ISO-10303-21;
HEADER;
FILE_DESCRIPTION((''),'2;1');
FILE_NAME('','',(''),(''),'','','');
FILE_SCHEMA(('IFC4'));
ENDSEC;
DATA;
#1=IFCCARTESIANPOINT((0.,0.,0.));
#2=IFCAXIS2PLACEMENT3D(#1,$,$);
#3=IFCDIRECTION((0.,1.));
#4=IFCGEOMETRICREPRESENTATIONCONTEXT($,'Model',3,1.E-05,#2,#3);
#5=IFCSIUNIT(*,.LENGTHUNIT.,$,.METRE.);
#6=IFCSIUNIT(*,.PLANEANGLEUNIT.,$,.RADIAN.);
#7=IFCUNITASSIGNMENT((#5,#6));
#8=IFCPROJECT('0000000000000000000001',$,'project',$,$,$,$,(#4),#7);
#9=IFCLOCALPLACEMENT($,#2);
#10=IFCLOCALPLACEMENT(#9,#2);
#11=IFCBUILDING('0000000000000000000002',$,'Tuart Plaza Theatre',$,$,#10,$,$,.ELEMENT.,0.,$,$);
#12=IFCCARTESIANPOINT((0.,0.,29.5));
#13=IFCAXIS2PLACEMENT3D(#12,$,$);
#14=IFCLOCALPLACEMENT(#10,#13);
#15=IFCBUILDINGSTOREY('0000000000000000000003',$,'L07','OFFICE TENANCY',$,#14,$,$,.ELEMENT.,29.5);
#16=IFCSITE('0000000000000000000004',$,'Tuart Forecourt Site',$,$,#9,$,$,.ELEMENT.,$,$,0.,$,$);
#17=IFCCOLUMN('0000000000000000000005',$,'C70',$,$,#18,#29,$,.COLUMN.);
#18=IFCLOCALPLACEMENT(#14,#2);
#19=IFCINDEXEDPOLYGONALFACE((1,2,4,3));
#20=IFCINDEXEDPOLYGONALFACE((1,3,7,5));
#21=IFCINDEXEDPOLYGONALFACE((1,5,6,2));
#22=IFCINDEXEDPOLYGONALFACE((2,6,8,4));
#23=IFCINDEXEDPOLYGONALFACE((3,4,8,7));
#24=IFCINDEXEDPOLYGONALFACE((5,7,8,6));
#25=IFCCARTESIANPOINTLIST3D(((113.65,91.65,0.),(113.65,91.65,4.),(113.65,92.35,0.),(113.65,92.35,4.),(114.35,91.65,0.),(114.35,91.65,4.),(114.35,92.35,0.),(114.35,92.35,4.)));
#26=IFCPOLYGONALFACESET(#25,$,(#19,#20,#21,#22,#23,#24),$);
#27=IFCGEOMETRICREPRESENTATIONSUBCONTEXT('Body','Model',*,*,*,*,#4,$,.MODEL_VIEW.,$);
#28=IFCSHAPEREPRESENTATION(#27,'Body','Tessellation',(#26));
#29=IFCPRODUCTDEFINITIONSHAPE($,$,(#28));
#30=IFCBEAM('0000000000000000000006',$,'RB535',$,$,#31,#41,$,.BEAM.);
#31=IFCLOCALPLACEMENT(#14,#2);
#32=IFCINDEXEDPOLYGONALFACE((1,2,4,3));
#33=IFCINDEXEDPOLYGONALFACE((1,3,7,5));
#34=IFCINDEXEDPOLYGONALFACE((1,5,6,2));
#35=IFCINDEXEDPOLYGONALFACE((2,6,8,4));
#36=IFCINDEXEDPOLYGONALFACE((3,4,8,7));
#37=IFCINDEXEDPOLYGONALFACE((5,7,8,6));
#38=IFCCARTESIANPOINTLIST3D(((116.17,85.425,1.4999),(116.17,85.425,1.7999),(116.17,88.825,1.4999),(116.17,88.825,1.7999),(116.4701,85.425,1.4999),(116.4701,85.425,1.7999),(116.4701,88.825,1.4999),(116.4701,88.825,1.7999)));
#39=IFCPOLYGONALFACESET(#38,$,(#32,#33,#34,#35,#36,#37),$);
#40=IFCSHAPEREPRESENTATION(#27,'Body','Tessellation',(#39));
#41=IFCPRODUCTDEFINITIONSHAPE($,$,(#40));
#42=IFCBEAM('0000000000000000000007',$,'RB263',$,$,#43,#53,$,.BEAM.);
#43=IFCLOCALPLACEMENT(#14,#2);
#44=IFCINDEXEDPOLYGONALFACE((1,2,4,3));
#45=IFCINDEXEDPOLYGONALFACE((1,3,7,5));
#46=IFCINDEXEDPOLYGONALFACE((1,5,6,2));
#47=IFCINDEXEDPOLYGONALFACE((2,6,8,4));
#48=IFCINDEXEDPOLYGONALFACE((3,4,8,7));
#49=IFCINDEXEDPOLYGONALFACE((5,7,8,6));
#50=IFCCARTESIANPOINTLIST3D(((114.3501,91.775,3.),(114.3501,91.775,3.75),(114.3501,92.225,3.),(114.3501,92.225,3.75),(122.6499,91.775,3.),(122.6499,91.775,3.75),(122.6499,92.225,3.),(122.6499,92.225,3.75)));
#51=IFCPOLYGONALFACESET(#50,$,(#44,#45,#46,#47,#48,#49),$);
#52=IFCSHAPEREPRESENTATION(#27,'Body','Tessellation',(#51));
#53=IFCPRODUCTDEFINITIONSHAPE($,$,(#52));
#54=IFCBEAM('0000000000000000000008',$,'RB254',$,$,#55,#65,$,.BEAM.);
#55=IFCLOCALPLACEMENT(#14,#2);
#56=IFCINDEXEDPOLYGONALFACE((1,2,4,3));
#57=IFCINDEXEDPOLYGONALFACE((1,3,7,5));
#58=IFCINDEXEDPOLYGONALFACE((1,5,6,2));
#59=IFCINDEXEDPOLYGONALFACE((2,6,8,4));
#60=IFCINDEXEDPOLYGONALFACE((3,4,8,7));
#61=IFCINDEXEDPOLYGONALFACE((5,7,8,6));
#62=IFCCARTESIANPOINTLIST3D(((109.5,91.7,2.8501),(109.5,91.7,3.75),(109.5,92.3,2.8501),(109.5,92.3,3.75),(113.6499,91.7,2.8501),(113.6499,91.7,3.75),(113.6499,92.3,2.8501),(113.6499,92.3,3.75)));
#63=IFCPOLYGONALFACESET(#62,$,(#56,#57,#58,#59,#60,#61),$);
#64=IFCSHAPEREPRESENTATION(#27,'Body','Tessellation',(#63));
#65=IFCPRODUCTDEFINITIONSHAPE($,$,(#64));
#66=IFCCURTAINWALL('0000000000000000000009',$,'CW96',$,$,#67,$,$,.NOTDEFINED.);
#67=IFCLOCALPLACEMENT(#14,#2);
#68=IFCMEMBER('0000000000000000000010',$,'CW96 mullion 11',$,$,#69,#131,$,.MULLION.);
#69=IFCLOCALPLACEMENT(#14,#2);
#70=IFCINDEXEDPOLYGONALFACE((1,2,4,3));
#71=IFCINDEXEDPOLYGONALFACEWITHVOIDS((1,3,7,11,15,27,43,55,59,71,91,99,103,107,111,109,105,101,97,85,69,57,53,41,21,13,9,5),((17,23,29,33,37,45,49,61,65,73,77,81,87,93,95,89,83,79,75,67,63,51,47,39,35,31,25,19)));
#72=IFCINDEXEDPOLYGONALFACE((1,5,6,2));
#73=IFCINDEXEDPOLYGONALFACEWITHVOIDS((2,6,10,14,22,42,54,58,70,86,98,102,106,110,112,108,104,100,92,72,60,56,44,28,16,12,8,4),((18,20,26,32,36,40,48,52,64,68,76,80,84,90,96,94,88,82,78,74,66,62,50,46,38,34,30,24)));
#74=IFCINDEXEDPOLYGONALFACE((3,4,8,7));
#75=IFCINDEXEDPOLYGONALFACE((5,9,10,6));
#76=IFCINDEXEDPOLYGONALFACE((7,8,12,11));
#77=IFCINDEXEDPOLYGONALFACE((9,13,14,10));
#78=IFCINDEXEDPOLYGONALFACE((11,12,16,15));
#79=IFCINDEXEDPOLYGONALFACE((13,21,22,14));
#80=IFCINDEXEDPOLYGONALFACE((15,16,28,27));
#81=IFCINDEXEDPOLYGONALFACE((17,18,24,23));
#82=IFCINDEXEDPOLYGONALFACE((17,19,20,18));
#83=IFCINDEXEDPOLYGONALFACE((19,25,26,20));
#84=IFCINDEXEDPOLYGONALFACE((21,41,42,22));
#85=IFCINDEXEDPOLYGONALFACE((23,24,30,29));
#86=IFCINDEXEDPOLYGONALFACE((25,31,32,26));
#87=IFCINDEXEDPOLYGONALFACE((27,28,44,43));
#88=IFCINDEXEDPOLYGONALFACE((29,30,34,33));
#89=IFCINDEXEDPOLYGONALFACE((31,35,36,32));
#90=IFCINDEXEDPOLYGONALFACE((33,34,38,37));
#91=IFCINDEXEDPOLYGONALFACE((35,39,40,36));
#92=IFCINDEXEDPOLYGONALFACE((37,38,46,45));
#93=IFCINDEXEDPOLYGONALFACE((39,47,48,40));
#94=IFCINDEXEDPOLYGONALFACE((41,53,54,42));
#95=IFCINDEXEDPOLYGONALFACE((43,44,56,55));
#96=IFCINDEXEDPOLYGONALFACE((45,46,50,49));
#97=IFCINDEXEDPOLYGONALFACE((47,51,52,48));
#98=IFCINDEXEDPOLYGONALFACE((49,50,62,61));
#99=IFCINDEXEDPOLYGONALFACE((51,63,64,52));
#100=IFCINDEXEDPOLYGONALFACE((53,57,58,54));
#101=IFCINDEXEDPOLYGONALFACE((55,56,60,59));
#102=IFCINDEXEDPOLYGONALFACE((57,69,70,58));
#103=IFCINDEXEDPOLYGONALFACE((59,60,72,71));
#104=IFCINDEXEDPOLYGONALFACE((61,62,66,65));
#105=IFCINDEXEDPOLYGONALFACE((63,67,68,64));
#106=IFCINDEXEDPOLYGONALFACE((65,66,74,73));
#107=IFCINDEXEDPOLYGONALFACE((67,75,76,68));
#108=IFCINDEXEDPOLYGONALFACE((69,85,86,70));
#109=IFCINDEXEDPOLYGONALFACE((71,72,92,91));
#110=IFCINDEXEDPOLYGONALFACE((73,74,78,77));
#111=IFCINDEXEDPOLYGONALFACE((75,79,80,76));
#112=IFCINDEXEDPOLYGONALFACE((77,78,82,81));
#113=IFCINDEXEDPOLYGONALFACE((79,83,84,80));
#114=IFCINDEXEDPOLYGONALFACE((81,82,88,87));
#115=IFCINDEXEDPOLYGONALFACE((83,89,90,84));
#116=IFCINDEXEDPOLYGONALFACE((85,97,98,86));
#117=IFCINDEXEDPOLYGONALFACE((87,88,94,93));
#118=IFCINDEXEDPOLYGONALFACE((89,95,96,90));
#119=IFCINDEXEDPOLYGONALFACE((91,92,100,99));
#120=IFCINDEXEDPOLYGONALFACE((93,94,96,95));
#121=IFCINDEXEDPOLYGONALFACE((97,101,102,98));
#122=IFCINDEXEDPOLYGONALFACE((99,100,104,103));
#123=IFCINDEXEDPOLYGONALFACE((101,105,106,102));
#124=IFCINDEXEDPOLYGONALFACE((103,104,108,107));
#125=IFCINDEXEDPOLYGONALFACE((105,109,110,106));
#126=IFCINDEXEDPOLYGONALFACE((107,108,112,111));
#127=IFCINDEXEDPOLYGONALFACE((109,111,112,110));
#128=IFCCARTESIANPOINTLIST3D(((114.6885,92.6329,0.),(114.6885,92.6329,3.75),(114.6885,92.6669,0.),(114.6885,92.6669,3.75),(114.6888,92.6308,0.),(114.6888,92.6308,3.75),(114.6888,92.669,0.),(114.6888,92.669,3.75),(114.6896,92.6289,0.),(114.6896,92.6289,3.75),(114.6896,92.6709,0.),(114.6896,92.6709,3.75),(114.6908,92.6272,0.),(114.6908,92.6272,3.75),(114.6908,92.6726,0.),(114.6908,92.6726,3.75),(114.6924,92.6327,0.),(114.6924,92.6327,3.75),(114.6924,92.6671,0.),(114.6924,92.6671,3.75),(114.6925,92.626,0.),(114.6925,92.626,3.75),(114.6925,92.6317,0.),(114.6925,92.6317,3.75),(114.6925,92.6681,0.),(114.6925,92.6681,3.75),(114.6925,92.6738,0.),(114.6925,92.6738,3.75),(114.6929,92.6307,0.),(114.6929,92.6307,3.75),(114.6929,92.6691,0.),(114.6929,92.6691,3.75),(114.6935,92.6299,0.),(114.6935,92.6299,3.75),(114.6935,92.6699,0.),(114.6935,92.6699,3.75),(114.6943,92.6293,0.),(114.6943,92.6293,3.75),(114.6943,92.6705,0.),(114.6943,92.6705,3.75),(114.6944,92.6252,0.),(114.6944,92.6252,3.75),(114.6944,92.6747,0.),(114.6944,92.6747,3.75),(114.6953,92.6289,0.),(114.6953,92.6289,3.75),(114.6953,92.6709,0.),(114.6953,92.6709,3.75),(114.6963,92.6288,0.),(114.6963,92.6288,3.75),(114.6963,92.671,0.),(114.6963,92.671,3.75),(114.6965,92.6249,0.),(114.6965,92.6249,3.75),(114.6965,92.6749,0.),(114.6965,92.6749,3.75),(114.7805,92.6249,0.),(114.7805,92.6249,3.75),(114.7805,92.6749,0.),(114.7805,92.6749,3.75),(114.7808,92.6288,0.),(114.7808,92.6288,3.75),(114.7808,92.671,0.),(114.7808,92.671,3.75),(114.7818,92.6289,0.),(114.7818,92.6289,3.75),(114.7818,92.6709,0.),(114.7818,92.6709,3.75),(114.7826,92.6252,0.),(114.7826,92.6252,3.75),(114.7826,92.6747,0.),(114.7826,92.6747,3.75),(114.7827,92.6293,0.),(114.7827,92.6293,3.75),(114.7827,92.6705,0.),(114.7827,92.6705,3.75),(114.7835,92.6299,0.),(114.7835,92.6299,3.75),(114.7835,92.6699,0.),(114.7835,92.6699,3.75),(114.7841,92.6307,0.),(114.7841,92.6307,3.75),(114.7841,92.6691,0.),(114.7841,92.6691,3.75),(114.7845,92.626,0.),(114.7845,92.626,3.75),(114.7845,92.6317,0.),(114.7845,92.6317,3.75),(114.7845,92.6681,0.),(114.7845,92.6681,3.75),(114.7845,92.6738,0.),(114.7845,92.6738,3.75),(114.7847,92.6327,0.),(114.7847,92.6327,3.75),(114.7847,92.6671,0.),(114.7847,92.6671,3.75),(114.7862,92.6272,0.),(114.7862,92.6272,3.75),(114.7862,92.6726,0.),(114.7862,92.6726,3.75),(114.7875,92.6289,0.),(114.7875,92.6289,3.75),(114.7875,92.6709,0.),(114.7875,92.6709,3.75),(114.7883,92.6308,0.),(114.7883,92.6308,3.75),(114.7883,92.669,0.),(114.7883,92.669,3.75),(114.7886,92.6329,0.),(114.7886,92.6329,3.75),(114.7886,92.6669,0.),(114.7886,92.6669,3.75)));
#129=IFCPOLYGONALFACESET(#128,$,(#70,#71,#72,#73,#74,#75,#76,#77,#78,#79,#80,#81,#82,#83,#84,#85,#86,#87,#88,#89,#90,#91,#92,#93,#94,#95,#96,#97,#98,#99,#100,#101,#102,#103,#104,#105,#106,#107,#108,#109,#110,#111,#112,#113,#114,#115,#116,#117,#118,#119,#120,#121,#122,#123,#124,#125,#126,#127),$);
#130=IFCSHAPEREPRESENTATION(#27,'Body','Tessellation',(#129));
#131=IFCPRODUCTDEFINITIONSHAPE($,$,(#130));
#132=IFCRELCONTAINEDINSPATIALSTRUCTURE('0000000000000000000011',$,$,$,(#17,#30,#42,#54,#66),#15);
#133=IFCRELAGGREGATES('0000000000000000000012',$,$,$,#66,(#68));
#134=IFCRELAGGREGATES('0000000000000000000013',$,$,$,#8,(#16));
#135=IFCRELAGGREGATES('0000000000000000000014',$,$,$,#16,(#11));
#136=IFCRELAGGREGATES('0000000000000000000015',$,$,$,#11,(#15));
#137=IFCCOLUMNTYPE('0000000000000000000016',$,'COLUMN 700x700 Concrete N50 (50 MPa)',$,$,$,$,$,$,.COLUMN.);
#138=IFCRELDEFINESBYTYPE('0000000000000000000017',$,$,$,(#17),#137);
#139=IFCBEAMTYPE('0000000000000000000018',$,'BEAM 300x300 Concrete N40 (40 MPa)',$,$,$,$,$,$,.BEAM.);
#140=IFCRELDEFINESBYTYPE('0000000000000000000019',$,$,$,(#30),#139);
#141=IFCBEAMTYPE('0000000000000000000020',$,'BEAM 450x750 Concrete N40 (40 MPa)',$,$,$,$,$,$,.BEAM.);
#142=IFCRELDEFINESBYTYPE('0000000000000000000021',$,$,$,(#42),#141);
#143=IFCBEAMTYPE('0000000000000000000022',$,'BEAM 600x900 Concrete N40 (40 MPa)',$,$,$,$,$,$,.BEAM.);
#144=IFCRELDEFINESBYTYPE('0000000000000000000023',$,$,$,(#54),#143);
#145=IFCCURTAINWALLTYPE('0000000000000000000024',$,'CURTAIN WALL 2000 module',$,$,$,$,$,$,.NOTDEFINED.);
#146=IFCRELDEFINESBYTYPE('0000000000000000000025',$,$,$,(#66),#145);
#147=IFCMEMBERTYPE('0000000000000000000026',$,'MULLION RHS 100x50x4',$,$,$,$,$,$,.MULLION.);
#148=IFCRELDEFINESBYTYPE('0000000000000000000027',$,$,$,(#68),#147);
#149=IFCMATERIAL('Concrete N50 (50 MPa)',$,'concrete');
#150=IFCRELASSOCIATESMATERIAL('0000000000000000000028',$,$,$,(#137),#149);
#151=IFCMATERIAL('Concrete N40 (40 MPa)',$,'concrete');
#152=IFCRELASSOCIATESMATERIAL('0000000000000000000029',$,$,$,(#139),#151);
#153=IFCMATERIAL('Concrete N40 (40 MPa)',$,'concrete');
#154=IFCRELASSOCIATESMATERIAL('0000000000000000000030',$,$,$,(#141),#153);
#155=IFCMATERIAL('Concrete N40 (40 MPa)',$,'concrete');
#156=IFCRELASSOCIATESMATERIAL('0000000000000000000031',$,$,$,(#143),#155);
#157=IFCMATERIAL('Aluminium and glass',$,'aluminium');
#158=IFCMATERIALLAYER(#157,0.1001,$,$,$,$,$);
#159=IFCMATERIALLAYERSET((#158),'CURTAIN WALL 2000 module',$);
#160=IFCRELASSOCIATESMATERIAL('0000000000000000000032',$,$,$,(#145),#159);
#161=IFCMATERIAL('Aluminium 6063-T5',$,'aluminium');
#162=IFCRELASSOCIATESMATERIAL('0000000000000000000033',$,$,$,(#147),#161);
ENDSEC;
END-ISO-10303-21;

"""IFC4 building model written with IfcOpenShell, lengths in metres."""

from ifc_helpers import new_model, si_unit, direction, frame, origin, origin_2d, place, context, subcontext, project, spatial, rectangle, hollow_rectangle, extrude, material, layer, layer_set, material_profile, profile_set, type_object, element, aggregate, save


model = new_model("IFC4")

# Units and contexts
model_context = context("Model", 3, precision=1e-05, world=origin(), true_north=direction((0.0, 1.0)))
body_context = subcontext(model_context, "Body", "Model", "MODEL_VIEW")
ifc_project = project(units=[si_unit("LENGTHUNIT", "METRE"), si_unit("PLANEANGLEUNIT", "RADIAN")], contexts=[model_context])

# Site, building, storey
site_placement = place(None, origin())
site = spatial("IfcSite", under=ifc_project, at=site_placement, Name="Tuart Forecourt Site", CompositionType="ELEMENT", RefElevation=0.0)
building_placement = place(site_placement, origin())
building = spatial("IfcBuilding", under=site, at=building_placement, Name="Tuart Plaza Theatre", CompositionType="ELEMENT", ElevationOfRefHeight=0.0)
storey_placement = place(building_placement, frame((0.0, 0.0, 29.5)))
storey = spatial("IfcBuildingStorey", under=building, at=storey_placement, Name="L07", Description="OFFICE TENANCY", CompositionType="ELEMENT", Elevation=29.5)

# Column
ifc_material_1 = material(Name="Concrete N50 (50 MPa)", Category="concrete")
ifc_material_profile_1 = material_profile(ifc_material_1, rectangle(XDim=0.7, YDim=0.7, at=origin_2d()), Name="COLUMN 700x700 Concrete N50 (50 MPa)")
ifc_profile_set_1 = profile_set([ifc_material_profile_1], Name="Concrete N50 (50 MPa)")
column_type = type_object("IfcColumnType", Name="COLUMN 700x700 Concrete N50 (50 MPa)", PredefinedType="COLUMN", material=ifc_profile_set_1)
column_placement = place(storey_placement, frame((114.0, 92.0, 0.0), z_axis=(0.0, 0.0, 1.0), x_axis=(1.0, 0.0, 0.0)))
element("IfcColumn", 1, at=column_placement, inside=storey, type_object=column_type, Name="C70", PredefinedType="COLUMN", context=body_context, shape_type="SweptSolid", body=[
    extrude(rectangle(XDim=0.7, YDim=0.7, at=origin_2d()), origin(), (0.0, 0.0, 1.0), 4.0),
])

# Beams
ifc_material_2 = material(Name="Concrete N40 (40 MPa)", Category="concrete")
ifc_material_profile_2 = material_profile(ifc_material_2, rectangle(XDim=0.3, YDim=0.3, at=origin_2d()), Name="BEAM 300x300 Concrete N40 (40 MPa)")
ifc_profile_set_2 = profile_set([ifc_material_profile_2], Name="Concrete N40 (40 MPa)")
beam_type_1 = type_object("IfcBeamType", Name="BEAM 300x300 Concrete N40 (40 MPa)", PredefinedType="BEAM", material=ifc_profile_set_2)
beam_1_placement = place(storey_placement, frame((116.3201, 88.825, 1.6499), z_axis=(0.0, -1.0, 0.0), x_axis=(1.0, 0.0, 0.0)))
element("IfcBeam", 2, at=beam_1_placement, inside=storey, type_object=beam_type_1, Name="RB535", PredefinedType="BEAM", context=body_context, shape_type="SweptSolid", body=[
    extrude(rectangle(XDim=0.3, YDim=0.3, at=origin_2d()), origin(), (0.0, 0.0, 1.0), 3.3999),
])
ifc_material_3 = material(Name="Concrete N40 (40 MPa)", Category="concrete")
ifc_material_profile_3 = material_profile(ifc_material_3, rectangle(XDim=0.45, YDim=0.75, at=origin_2d()), Name="BEAM 450x750 Concrete N40 (40 MPa)")
ifc_profile_set_3 = profile_set([ifc_material_profile_3], Name="Concrete N40 (40 MPa)")
beam_type_2 = type_object("IfcBeamType", Name="BEAM 450x750 Concrete N40 (40 MPa)", PredefinedType="BEAM", material=ifc_profile_set_3)
beam_2_placement = place(storey_placement, frame((114.3501, 92.0, 3.375), z_axis=(1.0, 0.0, 0.0), x_axis=(0.0, 1.0, 0.0)))
element("IfcBeam", 3, at=beam_2_placement, inside=storey, type_object=beam_type_2, Name="RB263", PredefinedType="BEAM", context=body_context, shape_type="SweptSolid", body=[
    extrude(rectangle(XDim=0.45, YDim=0.75, at=origin_2d()), origin(), (0.0, 0.0, 1.0), 8.2998),
])
ifc_material_4 = material(Name="Concrete N40 (40 MPa)", Category="concrete")
ifc_material_profile_4 = material_profile(ifc_material_4, rectangle(XDim=0.6001, YDim=0.8999, at=origin_2d()), Name="BEAM 600x900 Concrete N40 (40 MPa)")
ifc_profile_set_4 = profile_set([ifc_material_profile_4], Name="Concrete N40 (40 MPa)")
beam_type_3 = type_object("IfcBeamType", Name="BEAM 600x900 Concrete N40 (40 MPa)", PredefinedType="BEAM", material=ifc_profile_set_4)
beam_3_placement = place(storey_placement, frame((109.5, 92.0, 3.3), z_axis=(1.0, 0.0, 0.0), x_axis=(0.0, 1.0, 0.0)))
element("IfcBeam", 4, at=beam_3_placement, inside=storey, type_object=beam_type_3, Name="RB254", PredefinedType="BEAM", context=body_context, shape_type="SweptSolid", body=[
    extrude(rectangle(XDim=0.6001, YDim=0.8999, at=origin_2d()), origin(), (0.0, 0.0, 1.0), 4.1499),
])

# Curtain wall, member
ifc_material_5 = material(Name="Aluminium and glass", Category="aluminium")
ifc_layer_1 = layer(ifc_material_5, 0.1001)
ifc_layer_set_1 = layer_set([ifc_layer_1], Name="CURTAIN WALL 2000 module")
curtain_wall_type = type_object("IfcCurtainWallType", Name="CURTAIN WALL 2000 module", PredefinedType="NOTDEFINED", material=ifc_layer_set_1)
curtain_wall_placement = place(storey_placement, origin())
curtain_wall = element("IfcCurtainWall", 5, at=curtain_wall_placement, inside=storey, type_object=curtain_wall_type, Name="CW96", PredefinedType="NOTDEFINED")
ifc_material_6 = material(Name="Aluminium 6063-T5", Category="aluminium")
ifc_material_profile_5 = material_profile(ifc_material_6, hollow_rectangle(XDim=0.05, YDim=0.1001, WallThickness=0.0039, InnerFilletRadius=0.0039, OuterFilletRadius=0.0081, at=origin_2d()), Name="RHS 100x50x4")
ifc_profile_set_5 = profile_set([ifc_material_profile_5], Name="Aluminium 6063-T5")
member_type_1 = type_object("IfcMemberType", Name="MULLION RHS 100x50x4", PredefinedType="MULLION", material=ifc_profile_set_5)
member_1_placement = place(storey_placement, frame((114.7385, 92.6499, 0.0), z_axis=(0.0, 0.0, 1.0), x_axis=(0.0, -1.0, 0.0)))
member_1 = element("IfcMember", 6, at=member_1_placement, type_object=member_type_1, Name="CW96 mullion 11", PredefinedType="MULLION", context=body_context, shape_type="SweptSolid", body=[
    extrude(hollow_rectangle(XDim=0.05, YDim=0.1001, WallThickness=0.0039, InnerFilletRadius=0.0039, OuterFilletRadius=0.0081, at=origin_2d()), origin(), (0.0, 0.0, 1.0), 3.75),
])
aggregate(curtain_wall, [member_1])

save(model, "model.ifc")
